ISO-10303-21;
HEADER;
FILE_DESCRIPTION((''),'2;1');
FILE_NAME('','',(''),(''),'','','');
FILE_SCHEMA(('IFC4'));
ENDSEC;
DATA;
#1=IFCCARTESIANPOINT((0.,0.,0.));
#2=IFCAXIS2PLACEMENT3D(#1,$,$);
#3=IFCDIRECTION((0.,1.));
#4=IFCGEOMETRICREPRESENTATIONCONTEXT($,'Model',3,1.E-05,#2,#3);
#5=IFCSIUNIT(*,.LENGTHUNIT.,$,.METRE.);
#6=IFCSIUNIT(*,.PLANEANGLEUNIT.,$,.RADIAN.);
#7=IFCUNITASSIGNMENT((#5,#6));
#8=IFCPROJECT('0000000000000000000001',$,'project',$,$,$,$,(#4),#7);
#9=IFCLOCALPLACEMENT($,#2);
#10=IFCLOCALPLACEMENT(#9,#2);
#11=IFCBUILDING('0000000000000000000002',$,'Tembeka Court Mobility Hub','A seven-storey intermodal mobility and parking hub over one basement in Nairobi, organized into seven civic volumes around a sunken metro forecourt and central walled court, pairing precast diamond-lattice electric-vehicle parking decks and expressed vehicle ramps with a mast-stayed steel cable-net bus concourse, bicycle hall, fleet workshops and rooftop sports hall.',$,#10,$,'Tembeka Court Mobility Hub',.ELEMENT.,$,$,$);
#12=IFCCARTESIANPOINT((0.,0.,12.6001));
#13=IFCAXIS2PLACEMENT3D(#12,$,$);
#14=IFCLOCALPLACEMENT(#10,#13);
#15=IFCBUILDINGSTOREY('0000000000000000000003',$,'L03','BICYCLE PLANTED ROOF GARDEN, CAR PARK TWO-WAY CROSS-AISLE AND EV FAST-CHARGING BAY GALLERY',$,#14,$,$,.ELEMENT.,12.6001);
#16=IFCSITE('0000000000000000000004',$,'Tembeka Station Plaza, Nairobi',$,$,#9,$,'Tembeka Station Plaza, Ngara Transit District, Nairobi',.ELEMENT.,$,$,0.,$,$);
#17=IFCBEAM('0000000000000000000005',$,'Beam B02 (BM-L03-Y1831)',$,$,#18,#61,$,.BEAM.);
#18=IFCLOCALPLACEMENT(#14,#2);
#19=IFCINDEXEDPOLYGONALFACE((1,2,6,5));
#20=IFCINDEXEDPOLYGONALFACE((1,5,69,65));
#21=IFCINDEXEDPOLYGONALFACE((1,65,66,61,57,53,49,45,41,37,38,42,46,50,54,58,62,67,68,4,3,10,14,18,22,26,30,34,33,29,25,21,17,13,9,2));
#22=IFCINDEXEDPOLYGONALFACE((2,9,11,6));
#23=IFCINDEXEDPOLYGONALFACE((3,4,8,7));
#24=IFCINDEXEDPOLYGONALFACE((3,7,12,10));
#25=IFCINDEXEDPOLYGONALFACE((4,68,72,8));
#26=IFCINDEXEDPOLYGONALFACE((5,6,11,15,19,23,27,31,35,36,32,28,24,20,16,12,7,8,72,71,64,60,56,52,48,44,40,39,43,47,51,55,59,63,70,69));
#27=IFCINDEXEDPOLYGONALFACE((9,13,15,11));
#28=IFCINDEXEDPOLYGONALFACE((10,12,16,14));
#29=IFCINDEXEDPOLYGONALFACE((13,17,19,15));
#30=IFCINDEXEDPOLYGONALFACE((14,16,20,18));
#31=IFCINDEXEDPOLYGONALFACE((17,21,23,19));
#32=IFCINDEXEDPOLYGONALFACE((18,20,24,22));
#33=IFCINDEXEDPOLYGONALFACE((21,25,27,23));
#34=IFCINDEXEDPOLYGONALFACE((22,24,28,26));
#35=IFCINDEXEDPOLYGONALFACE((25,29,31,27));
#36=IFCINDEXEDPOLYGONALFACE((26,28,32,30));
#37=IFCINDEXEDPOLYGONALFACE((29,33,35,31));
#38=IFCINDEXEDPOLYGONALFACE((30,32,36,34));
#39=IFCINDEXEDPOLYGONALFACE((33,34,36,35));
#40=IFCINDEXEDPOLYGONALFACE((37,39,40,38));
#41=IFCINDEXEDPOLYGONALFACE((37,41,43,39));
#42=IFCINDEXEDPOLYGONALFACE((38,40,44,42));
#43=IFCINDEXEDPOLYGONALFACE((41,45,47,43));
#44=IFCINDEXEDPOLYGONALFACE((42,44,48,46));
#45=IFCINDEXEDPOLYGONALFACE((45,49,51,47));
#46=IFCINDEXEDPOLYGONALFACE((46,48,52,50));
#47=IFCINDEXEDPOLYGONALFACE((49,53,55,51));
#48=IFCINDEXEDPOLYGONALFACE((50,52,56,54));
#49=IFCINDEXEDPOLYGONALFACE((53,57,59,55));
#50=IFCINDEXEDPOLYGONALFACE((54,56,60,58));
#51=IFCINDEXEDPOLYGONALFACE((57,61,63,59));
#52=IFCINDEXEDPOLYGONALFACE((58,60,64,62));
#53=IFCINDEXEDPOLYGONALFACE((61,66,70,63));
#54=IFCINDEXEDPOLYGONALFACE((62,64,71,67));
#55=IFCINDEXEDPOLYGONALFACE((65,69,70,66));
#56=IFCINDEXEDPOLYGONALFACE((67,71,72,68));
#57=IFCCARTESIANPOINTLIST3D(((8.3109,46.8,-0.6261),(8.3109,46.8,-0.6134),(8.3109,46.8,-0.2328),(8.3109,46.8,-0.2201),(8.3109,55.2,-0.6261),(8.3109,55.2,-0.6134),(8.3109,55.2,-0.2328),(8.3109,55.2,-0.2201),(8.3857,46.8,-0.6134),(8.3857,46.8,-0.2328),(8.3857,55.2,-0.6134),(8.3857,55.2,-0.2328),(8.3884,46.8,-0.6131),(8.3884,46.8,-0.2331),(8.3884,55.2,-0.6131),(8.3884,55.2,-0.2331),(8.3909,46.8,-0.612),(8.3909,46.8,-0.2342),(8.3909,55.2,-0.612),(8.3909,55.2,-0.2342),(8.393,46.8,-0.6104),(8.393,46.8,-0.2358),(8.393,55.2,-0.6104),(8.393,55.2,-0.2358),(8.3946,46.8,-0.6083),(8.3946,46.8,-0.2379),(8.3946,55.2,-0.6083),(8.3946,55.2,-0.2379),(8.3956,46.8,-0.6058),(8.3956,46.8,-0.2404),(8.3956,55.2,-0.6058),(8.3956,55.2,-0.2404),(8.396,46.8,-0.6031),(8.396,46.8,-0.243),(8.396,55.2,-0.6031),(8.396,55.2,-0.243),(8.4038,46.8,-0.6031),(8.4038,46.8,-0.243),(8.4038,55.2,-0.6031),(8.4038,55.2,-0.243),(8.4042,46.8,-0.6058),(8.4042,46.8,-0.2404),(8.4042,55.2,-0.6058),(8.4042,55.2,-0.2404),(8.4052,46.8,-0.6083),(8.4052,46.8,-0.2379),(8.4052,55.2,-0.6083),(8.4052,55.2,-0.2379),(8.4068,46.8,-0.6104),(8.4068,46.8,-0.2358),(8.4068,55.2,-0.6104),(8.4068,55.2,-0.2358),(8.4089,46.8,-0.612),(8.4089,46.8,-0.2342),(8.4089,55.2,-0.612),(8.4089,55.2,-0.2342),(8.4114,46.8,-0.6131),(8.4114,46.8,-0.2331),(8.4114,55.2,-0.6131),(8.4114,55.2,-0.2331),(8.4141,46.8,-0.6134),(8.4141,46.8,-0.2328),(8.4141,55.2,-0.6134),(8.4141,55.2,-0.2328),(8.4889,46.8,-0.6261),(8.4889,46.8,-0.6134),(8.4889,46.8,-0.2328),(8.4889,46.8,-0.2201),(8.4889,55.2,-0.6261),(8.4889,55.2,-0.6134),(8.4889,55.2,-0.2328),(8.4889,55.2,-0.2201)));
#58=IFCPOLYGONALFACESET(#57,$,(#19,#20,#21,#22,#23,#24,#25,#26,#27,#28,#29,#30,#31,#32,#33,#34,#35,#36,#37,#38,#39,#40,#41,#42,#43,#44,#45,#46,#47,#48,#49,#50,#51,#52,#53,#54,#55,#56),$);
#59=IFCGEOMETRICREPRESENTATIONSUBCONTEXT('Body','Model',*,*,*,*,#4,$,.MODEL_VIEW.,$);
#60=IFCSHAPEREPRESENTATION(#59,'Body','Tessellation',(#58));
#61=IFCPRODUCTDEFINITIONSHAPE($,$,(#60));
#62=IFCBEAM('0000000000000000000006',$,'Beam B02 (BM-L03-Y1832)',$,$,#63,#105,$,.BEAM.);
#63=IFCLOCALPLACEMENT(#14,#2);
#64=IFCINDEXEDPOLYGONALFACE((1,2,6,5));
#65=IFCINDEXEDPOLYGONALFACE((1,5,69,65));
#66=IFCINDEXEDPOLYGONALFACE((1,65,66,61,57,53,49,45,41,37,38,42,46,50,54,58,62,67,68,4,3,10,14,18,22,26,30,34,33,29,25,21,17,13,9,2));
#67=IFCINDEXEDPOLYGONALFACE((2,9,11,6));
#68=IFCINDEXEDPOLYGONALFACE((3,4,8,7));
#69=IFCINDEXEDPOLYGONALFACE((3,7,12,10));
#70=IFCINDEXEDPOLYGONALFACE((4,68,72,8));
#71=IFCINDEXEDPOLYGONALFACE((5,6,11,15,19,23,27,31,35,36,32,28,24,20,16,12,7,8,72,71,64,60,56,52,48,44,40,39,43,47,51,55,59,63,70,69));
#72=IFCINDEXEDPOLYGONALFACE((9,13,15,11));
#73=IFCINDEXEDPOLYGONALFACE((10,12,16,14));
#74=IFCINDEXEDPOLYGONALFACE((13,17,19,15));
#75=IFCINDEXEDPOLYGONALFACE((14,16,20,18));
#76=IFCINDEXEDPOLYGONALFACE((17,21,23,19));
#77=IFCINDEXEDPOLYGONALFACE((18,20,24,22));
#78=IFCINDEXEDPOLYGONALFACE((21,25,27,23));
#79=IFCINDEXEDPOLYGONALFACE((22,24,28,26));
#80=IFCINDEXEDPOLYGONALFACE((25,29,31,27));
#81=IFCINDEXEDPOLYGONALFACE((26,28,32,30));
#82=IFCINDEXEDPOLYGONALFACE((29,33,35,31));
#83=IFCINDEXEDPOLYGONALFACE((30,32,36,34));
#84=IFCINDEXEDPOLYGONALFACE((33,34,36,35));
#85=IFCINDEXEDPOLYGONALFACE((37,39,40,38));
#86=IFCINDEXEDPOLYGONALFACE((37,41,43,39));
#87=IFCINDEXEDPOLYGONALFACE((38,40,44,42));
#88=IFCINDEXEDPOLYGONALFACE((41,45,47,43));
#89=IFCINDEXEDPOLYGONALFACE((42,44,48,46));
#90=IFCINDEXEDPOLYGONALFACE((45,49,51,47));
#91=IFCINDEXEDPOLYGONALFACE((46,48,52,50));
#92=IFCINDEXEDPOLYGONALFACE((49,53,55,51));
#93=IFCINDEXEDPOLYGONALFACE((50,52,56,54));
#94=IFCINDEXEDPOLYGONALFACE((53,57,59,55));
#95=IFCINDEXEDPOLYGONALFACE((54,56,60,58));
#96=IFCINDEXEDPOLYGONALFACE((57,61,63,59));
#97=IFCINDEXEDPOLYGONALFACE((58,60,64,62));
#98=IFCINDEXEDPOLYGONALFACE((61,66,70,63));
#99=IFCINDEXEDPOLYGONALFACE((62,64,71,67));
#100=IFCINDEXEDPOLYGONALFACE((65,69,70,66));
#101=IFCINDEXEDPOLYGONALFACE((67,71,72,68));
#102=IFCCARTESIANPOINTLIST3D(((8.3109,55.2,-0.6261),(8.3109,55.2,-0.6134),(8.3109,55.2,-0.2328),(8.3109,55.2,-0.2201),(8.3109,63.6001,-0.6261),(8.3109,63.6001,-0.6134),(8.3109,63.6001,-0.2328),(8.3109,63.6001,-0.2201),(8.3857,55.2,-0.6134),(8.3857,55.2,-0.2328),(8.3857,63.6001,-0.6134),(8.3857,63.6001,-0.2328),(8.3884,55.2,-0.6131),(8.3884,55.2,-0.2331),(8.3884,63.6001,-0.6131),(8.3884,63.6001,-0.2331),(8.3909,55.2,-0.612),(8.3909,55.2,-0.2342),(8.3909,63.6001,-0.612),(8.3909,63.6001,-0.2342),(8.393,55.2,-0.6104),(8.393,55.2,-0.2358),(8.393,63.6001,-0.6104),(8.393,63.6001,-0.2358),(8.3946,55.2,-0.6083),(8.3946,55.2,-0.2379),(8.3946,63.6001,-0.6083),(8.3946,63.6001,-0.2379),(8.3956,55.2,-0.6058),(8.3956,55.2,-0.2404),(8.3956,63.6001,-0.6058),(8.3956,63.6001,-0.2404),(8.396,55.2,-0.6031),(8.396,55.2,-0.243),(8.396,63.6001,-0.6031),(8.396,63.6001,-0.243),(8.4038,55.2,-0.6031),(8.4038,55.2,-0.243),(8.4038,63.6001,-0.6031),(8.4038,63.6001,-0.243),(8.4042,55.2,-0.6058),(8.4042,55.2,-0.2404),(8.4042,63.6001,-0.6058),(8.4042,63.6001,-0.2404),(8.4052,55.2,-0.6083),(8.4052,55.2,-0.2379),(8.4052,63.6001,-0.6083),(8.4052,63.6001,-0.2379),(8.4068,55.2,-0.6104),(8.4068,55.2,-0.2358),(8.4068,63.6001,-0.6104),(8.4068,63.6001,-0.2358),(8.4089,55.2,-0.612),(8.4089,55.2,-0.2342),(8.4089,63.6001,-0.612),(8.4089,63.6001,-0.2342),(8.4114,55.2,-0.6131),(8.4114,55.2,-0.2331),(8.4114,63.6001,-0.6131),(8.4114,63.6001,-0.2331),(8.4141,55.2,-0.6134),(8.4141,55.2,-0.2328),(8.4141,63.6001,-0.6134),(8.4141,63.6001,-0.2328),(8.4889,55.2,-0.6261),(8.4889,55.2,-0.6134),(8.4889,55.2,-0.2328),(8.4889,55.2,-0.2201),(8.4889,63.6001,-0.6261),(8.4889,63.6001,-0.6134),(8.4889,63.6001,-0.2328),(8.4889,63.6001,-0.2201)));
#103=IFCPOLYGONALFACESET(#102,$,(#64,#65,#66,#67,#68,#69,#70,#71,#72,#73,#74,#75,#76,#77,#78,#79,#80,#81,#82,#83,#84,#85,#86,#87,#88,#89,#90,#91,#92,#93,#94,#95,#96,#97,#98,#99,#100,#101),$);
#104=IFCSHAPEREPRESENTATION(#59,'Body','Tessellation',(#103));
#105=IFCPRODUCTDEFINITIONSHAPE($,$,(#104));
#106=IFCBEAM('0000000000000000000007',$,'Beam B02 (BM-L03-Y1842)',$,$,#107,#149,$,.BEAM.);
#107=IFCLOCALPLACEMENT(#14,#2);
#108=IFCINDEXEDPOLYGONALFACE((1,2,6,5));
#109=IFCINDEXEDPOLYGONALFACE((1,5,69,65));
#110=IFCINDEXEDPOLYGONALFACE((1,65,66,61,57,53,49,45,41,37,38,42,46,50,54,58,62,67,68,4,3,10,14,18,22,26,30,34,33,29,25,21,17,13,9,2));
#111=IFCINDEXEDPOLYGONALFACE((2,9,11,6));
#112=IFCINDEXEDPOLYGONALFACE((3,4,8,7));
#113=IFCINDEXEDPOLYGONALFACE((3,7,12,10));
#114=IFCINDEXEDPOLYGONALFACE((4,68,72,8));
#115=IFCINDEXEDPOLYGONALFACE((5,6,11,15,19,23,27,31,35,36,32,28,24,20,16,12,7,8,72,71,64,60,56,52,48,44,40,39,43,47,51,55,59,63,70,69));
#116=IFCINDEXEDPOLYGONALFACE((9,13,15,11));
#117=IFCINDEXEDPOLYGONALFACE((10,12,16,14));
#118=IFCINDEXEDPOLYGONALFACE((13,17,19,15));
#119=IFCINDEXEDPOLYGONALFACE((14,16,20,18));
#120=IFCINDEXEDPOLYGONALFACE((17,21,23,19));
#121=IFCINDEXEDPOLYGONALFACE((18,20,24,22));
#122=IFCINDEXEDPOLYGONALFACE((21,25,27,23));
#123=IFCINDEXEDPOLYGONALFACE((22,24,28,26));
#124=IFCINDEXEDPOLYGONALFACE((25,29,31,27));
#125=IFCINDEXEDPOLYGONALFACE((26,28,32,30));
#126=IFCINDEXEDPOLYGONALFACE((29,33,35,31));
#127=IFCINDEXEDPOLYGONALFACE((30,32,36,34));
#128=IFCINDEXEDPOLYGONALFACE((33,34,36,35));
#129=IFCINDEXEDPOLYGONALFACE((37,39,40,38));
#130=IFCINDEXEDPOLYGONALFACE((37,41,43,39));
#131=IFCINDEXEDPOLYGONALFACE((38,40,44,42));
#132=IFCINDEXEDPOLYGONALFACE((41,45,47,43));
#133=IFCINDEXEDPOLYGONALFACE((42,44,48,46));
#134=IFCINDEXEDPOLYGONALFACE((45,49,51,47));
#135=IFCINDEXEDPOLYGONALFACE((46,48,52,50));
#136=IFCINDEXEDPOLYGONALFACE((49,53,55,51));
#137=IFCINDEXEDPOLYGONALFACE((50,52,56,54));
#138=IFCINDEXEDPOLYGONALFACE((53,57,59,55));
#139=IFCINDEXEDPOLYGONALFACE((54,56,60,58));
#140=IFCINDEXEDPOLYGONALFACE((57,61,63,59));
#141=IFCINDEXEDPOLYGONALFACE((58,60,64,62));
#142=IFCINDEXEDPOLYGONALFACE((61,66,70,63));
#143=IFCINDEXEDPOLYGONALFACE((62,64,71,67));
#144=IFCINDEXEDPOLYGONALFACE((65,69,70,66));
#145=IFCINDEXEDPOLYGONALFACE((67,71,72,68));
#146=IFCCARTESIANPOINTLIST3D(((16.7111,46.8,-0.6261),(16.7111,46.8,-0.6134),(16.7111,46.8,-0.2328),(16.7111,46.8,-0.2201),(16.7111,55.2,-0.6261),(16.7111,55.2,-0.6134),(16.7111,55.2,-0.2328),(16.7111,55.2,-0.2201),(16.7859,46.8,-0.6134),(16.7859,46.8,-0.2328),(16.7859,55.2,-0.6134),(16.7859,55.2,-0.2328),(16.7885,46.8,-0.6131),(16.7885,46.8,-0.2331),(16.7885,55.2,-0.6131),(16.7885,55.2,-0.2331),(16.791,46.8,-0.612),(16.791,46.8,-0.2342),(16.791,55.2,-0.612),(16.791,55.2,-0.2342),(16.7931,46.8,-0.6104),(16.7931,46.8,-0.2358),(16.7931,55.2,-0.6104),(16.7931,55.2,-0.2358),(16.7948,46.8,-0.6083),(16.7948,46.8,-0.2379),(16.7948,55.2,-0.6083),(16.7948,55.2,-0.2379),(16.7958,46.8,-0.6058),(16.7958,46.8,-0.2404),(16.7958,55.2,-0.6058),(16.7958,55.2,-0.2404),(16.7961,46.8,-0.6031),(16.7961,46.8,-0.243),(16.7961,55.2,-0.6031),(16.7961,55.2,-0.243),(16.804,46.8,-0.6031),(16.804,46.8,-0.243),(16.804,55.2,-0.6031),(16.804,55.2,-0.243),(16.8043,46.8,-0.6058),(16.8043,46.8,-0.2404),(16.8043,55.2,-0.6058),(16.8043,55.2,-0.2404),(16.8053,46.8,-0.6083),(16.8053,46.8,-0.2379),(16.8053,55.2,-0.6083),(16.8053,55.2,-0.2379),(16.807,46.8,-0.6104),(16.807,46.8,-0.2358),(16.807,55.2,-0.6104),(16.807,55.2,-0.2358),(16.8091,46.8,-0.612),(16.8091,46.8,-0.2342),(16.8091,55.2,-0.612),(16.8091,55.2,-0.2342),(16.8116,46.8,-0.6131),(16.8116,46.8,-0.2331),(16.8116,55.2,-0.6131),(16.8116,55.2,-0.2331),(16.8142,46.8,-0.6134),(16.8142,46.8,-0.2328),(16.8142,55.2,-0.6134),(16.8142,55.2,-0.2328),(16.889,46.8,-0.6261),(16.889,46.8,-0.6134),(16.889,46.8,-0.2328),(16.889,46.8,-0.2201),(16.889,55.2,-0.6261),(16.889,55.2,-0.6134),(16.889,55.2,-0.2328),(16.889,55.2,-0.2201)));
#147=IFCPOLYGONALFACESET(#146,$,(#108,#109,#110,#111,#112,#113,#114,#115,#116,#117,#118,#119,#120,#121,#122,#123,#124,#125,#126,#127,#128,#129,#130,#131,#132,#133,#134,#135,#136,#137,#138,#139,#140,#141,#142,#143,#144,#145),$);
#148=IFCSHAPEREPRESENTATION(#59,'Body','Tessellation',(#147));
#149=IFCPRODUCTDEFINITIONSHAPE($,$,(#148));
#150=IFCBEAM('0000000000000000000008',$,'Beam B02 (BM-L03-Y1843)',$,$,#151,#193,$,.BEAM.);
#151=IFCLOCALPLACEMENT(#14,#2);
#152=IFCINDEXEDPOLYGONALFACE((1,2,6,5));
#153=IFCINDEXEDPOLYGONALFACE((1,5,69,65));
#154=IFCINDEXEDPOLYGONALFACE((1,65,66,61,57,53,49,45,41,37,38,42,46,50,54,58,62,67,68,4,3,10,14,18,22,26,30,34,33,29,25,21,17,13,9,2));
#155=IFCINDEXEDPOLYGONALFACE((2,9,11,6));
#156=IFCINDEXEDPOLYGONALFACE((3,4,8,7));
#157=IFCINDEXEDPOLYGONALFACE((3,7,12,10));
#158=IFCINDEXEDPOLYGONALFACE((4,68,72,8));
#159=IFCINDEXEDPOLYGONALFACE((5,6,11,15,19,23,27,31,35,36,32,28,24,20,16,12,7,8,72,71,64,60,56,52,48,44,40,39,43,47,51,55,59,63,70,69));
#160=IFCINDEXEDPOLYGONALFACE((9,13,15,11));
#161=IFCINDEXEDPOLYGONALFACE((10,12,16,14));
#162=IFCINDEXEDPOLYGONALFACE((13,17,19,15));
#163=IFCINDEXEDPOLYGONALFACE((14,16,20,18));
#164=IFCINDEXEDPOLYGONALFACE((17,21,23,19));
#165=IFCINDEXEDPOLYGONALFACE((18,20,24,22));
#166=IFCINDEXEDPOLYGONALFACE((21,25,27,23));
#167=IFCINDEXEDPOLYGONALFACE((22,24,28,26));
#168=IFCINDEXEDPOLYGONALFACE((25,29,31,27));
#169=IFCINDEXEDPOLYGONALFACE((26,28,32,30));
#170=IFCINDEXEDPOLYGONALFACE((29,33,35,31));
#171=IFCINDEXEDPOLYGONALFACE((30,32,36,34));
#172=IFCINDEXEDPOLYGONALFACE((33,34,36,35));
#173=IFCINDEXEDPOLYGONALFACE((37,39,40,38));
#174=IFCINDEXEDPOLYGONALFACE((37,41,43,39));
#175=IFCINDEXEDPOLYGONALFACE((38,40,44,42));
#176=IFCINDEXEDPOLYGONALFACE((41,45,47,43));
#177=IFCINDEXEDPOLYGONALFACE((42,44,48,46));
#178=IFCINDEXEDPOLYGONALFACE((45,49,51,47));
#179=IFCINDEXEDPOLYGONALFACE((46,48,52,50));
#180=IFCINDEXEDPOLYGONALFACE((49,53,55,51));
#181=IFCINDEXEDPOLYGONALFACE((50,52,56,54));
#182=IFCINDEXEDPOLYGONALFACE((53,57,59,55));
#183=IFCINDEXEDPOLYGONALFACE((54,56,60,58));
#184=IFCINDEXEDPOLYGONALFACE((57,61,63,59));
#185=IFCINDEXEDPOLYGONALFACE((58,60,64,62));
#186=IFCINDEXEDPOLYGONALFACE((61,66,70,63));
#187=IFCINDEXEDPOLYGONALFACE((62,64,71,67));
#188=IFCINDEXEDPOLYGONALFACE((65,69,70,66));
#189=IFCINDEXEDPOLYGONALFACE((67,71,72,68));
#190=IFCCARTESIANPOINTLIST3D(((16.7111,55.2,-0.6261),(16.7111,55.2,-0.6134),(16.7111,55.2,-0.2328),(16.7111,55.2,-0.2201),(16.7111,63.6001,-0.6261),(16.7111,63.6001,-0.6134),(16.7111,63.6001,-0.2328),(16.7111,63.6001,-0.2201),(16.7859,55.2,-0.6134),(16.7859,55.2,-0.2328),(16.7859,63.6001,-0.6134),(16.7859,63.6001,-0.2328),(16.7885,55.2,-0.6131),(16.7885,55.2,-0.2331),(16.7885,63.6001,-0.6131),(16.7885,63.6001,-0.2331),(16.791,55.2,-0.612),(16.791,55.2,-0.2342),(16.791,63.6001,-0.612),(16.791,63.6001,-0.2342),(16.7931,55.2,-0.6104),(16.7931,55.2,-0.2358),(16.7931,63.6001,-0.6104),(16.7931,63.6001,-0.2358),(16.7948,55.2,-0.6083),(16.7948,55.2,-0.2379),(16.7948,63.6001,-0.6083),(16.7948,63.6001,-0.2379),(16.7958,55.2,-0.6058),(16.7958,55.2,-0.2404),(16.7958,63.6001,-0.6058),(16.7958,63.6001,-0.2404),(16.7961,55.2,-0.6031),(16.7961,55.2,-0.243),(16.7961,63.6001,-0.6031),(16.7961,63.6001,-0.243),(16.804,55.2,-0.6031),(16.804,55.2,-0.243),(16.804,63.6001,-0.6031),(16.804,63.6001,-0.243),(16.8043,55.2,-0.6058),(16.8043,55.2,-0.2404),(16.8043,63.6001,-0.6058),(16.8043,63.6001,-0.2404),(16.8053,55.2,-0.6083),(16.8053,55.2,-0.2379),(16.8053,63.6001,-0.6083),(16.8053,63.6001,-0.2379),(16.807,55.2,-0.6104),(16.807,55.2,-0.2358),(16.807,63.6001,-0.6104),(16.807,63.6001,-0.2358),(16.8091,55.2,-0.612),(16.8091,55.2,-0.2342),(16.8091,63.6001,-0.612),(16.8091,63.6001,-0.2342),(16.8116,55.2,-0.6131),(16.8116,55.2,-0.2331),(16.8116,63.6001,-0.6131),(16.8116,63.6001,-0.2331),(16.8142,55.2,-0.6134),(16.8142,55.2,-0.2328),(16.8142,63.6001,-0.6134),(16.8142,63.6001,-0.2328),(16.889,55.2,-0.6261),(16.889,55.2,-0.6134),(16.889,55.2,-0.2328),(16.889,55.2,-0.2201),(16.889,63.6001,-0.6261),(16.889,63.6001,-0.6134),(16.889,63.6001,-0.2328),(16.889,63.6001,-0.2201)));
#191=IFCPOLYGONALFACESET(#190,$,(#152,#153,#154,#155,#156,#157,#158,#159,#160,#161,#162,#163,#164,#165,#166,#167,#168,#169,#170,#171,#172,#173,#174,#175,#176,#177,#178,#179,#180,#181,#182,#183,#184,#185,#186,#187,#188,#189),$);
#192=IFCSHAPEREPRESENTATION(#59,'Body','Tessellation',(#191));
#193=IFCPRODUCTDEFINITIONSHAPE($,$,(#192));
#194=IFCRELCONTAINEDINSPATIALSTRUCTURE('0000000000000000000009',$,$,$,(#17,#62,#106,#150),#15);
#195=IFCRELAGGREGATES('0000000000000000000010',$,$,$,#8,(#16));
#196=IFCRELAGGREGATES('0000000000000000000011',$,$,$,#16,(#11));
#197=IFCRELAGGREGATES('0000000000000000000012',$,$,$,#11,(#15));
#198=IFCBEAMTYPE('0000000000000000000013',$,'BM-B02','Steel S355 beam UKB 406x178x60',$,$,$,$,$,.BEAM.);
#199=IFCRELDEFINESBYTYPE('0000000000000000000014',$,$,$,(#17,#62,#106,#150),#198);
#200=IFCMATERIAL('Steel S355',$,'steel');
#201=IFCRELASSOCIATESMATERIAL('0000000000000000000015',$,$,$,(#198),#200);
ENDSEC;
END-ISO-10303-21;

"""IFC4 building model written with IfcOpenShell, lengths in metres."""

from ifc_helpers import new_model, si_unit, direction, frame, origin, origin_2d, place, context, subcontext, project, spatial, i_section, extrude, material, material_profile, profile_set, type_object, element, save


model = new_model("IFC4")

# Units and contexts
model_context = context("Model", 3, precision=1e-05, world=origin(), true_north=direction((0.0, 1.0)))
body_context = subcontext(model_context, "Body", "Model", "MODEL_VIEW")
ifc_project = project(units=[si_unit("LENGTHUNIT", "METRE"), si_unit("PLANEANGLEUNIT", "RADIAN")], contexts=[model_context])

# Site, building, storey
site_placement = place(None, origin())
site = spatial("IfcSite", under=ifc_project, at=site_placement, Name="Tembeka Station Plaza, Nairobi", LongName="Tembeka Station Plaza, Ngara Transit District, Nairobi", CompositionType="ELEMENT", RefElevation=0.0)
building_placement = place(site_placement, origin())
building = spatial("IfcBuilding", under=site, at=building_placement, Name="Tembeka Court Mobility Hub", Description="A seven-storey intermodal mobility and parking hub over one basement in Nairobi, organized into seven civic volumes around a sunken metro forecourt and central walled court, pairing precast diamond-lattice electric-vehicle parking decks and expressed vehicle ramps with a mast-stayed steel cable-net bus concourse, bicycle hall, fleet workshops and rooftop sports hall.", LongName="Tembeka Court Mobility Hub", CompositionType="ELEMENT")
storey_placement = place(building_placement, frame((0.0, 0.0, 12.6001)))
storey = spatial("IfcBuildingStorey", under=building, at=storey_placement, Name="L03", Description="BICYCLE PLANTED ROOF GARDEN, CAR PARK TWO-WAY CROSS-AISLE AND EV FAST-CHARGING BAY GALLERY", CompositionType="ELEMENT", Elevation=12.6001)

# Shared definitions
ifc_material_1 = material(Name="Steel S355", Category="steel")

# Beams
ifc_material_profile_1 = material_profile(ifc_material_1, i_section(OverallWidth=0.178, OverallDepth=0.406, WebThickness=0.0078, FlangeThickness=0.0127, FilletRadius=0.0103, at=origin_2d()), Name="UKB 406x178x60")
ifc_profile_set_1 = profile_set([ifc_material_profile_1], Name="Steel S355")
beam_type_1 = type_object("IfcBeamType", Name="BM-B02", Description="Steel S355 beam UKB 406x178x60", PredefinedType="BEAM", material=ifc_profile_set_1)
beam_1_placement = place(storey_placement, frame((8.3999, 46.8, -0.4231), z_axis=(0.0, 1.0, 0.0), x_axis=(-1.0, 0.0, 0.0)))
element("IfcBeam", 1, at=beam_1_placement, inside=storey, type_object=beam_type_1, Name="Beam B02 (BM-L03-Y1831)", PredefinedType="BEAM", context=body_context, shape_type="SweptSolid", body=[
    extrude(i_section(OverallWidth=0.178, OverallDepth=0.406, WebThickness=0.0078, FlangeThickness=0.0127, FilletRadius=0.0103, at=origin_2d()), origin(), (0.0, 0.0, 1.0), 8.3999),
])
beam_2_placement = place(storey_placement, frame((8.3999, 55.2, -0.4231), z_axis=(0.0, 1.0, 0.0), x_axis=(-1.0, 0.0, 0.0)))
element("IfcBeam", 2, at=beam_2_placement, inside=storey, type_object=beam_type_1, Name="Beam B02 (BM-L03-Y1832)", PredefinedType="BEAM", context=body_context, shape_type="SweptSolid", body=[
    extrude(i_section(OverallWidth=0.178, OverallDepth=0.406, WebThickness=0.0078, FlangeThickness=0.0127, FilletRadius=0.0103, at=origin_2d()), origin(), (0.0, 0.0, 1.0), 8.4001),
])
beam_3_placement = place(storey_placement, frame((16.8, 46.8, -0.4231), z_axis=(0.0, 1.0, 0.0), x_axis=(-1.0, 0.0, 0.0)))
element("IfcBeam", 3, at=beam_3_placement, inside=storey, type_object=beam_type_1, Name="Beam B02 (BM-L03-Y1842)", PredefinedType="BEAM", context=body_context, shape_type="SweptSolid", body=[
    extrude(i_section(OverallWidth=0.178, OverallDepth=0.406, WebThickness=0.0078, FlangeThickness=0.0127, FilletRadius=0.0103, at=origin_2d()), origin(), (0.0, 0.0, 1.0), 8.3999),
])
beam_4_placement = place(storey_placement, frame((16.8, 55.2, -0.4231), z_axis=(0.0, 1.0, 0.0), x_axis=(-1.0, 0.0, 0.0)))
element("IfcBeam", 4, at=beam_4_placement, inside=storey, type_object=beam_type_1, Name="Beam B02 (BM-L03-Y1843)", PredefinedType="BEAM", context=body_context, shape_type="SweptSolid", body=[
    extrude(i_section(OverallWidth=0.178, OverallDepth=0.406, WebThickness=0.0078, FlangeThickness=0.0127, FilletRadius=0.0103, at=origin_2d()), origin(), (0.0, 0.0, 1.0), 8.4001),
])

save(model, "model.ifc")
